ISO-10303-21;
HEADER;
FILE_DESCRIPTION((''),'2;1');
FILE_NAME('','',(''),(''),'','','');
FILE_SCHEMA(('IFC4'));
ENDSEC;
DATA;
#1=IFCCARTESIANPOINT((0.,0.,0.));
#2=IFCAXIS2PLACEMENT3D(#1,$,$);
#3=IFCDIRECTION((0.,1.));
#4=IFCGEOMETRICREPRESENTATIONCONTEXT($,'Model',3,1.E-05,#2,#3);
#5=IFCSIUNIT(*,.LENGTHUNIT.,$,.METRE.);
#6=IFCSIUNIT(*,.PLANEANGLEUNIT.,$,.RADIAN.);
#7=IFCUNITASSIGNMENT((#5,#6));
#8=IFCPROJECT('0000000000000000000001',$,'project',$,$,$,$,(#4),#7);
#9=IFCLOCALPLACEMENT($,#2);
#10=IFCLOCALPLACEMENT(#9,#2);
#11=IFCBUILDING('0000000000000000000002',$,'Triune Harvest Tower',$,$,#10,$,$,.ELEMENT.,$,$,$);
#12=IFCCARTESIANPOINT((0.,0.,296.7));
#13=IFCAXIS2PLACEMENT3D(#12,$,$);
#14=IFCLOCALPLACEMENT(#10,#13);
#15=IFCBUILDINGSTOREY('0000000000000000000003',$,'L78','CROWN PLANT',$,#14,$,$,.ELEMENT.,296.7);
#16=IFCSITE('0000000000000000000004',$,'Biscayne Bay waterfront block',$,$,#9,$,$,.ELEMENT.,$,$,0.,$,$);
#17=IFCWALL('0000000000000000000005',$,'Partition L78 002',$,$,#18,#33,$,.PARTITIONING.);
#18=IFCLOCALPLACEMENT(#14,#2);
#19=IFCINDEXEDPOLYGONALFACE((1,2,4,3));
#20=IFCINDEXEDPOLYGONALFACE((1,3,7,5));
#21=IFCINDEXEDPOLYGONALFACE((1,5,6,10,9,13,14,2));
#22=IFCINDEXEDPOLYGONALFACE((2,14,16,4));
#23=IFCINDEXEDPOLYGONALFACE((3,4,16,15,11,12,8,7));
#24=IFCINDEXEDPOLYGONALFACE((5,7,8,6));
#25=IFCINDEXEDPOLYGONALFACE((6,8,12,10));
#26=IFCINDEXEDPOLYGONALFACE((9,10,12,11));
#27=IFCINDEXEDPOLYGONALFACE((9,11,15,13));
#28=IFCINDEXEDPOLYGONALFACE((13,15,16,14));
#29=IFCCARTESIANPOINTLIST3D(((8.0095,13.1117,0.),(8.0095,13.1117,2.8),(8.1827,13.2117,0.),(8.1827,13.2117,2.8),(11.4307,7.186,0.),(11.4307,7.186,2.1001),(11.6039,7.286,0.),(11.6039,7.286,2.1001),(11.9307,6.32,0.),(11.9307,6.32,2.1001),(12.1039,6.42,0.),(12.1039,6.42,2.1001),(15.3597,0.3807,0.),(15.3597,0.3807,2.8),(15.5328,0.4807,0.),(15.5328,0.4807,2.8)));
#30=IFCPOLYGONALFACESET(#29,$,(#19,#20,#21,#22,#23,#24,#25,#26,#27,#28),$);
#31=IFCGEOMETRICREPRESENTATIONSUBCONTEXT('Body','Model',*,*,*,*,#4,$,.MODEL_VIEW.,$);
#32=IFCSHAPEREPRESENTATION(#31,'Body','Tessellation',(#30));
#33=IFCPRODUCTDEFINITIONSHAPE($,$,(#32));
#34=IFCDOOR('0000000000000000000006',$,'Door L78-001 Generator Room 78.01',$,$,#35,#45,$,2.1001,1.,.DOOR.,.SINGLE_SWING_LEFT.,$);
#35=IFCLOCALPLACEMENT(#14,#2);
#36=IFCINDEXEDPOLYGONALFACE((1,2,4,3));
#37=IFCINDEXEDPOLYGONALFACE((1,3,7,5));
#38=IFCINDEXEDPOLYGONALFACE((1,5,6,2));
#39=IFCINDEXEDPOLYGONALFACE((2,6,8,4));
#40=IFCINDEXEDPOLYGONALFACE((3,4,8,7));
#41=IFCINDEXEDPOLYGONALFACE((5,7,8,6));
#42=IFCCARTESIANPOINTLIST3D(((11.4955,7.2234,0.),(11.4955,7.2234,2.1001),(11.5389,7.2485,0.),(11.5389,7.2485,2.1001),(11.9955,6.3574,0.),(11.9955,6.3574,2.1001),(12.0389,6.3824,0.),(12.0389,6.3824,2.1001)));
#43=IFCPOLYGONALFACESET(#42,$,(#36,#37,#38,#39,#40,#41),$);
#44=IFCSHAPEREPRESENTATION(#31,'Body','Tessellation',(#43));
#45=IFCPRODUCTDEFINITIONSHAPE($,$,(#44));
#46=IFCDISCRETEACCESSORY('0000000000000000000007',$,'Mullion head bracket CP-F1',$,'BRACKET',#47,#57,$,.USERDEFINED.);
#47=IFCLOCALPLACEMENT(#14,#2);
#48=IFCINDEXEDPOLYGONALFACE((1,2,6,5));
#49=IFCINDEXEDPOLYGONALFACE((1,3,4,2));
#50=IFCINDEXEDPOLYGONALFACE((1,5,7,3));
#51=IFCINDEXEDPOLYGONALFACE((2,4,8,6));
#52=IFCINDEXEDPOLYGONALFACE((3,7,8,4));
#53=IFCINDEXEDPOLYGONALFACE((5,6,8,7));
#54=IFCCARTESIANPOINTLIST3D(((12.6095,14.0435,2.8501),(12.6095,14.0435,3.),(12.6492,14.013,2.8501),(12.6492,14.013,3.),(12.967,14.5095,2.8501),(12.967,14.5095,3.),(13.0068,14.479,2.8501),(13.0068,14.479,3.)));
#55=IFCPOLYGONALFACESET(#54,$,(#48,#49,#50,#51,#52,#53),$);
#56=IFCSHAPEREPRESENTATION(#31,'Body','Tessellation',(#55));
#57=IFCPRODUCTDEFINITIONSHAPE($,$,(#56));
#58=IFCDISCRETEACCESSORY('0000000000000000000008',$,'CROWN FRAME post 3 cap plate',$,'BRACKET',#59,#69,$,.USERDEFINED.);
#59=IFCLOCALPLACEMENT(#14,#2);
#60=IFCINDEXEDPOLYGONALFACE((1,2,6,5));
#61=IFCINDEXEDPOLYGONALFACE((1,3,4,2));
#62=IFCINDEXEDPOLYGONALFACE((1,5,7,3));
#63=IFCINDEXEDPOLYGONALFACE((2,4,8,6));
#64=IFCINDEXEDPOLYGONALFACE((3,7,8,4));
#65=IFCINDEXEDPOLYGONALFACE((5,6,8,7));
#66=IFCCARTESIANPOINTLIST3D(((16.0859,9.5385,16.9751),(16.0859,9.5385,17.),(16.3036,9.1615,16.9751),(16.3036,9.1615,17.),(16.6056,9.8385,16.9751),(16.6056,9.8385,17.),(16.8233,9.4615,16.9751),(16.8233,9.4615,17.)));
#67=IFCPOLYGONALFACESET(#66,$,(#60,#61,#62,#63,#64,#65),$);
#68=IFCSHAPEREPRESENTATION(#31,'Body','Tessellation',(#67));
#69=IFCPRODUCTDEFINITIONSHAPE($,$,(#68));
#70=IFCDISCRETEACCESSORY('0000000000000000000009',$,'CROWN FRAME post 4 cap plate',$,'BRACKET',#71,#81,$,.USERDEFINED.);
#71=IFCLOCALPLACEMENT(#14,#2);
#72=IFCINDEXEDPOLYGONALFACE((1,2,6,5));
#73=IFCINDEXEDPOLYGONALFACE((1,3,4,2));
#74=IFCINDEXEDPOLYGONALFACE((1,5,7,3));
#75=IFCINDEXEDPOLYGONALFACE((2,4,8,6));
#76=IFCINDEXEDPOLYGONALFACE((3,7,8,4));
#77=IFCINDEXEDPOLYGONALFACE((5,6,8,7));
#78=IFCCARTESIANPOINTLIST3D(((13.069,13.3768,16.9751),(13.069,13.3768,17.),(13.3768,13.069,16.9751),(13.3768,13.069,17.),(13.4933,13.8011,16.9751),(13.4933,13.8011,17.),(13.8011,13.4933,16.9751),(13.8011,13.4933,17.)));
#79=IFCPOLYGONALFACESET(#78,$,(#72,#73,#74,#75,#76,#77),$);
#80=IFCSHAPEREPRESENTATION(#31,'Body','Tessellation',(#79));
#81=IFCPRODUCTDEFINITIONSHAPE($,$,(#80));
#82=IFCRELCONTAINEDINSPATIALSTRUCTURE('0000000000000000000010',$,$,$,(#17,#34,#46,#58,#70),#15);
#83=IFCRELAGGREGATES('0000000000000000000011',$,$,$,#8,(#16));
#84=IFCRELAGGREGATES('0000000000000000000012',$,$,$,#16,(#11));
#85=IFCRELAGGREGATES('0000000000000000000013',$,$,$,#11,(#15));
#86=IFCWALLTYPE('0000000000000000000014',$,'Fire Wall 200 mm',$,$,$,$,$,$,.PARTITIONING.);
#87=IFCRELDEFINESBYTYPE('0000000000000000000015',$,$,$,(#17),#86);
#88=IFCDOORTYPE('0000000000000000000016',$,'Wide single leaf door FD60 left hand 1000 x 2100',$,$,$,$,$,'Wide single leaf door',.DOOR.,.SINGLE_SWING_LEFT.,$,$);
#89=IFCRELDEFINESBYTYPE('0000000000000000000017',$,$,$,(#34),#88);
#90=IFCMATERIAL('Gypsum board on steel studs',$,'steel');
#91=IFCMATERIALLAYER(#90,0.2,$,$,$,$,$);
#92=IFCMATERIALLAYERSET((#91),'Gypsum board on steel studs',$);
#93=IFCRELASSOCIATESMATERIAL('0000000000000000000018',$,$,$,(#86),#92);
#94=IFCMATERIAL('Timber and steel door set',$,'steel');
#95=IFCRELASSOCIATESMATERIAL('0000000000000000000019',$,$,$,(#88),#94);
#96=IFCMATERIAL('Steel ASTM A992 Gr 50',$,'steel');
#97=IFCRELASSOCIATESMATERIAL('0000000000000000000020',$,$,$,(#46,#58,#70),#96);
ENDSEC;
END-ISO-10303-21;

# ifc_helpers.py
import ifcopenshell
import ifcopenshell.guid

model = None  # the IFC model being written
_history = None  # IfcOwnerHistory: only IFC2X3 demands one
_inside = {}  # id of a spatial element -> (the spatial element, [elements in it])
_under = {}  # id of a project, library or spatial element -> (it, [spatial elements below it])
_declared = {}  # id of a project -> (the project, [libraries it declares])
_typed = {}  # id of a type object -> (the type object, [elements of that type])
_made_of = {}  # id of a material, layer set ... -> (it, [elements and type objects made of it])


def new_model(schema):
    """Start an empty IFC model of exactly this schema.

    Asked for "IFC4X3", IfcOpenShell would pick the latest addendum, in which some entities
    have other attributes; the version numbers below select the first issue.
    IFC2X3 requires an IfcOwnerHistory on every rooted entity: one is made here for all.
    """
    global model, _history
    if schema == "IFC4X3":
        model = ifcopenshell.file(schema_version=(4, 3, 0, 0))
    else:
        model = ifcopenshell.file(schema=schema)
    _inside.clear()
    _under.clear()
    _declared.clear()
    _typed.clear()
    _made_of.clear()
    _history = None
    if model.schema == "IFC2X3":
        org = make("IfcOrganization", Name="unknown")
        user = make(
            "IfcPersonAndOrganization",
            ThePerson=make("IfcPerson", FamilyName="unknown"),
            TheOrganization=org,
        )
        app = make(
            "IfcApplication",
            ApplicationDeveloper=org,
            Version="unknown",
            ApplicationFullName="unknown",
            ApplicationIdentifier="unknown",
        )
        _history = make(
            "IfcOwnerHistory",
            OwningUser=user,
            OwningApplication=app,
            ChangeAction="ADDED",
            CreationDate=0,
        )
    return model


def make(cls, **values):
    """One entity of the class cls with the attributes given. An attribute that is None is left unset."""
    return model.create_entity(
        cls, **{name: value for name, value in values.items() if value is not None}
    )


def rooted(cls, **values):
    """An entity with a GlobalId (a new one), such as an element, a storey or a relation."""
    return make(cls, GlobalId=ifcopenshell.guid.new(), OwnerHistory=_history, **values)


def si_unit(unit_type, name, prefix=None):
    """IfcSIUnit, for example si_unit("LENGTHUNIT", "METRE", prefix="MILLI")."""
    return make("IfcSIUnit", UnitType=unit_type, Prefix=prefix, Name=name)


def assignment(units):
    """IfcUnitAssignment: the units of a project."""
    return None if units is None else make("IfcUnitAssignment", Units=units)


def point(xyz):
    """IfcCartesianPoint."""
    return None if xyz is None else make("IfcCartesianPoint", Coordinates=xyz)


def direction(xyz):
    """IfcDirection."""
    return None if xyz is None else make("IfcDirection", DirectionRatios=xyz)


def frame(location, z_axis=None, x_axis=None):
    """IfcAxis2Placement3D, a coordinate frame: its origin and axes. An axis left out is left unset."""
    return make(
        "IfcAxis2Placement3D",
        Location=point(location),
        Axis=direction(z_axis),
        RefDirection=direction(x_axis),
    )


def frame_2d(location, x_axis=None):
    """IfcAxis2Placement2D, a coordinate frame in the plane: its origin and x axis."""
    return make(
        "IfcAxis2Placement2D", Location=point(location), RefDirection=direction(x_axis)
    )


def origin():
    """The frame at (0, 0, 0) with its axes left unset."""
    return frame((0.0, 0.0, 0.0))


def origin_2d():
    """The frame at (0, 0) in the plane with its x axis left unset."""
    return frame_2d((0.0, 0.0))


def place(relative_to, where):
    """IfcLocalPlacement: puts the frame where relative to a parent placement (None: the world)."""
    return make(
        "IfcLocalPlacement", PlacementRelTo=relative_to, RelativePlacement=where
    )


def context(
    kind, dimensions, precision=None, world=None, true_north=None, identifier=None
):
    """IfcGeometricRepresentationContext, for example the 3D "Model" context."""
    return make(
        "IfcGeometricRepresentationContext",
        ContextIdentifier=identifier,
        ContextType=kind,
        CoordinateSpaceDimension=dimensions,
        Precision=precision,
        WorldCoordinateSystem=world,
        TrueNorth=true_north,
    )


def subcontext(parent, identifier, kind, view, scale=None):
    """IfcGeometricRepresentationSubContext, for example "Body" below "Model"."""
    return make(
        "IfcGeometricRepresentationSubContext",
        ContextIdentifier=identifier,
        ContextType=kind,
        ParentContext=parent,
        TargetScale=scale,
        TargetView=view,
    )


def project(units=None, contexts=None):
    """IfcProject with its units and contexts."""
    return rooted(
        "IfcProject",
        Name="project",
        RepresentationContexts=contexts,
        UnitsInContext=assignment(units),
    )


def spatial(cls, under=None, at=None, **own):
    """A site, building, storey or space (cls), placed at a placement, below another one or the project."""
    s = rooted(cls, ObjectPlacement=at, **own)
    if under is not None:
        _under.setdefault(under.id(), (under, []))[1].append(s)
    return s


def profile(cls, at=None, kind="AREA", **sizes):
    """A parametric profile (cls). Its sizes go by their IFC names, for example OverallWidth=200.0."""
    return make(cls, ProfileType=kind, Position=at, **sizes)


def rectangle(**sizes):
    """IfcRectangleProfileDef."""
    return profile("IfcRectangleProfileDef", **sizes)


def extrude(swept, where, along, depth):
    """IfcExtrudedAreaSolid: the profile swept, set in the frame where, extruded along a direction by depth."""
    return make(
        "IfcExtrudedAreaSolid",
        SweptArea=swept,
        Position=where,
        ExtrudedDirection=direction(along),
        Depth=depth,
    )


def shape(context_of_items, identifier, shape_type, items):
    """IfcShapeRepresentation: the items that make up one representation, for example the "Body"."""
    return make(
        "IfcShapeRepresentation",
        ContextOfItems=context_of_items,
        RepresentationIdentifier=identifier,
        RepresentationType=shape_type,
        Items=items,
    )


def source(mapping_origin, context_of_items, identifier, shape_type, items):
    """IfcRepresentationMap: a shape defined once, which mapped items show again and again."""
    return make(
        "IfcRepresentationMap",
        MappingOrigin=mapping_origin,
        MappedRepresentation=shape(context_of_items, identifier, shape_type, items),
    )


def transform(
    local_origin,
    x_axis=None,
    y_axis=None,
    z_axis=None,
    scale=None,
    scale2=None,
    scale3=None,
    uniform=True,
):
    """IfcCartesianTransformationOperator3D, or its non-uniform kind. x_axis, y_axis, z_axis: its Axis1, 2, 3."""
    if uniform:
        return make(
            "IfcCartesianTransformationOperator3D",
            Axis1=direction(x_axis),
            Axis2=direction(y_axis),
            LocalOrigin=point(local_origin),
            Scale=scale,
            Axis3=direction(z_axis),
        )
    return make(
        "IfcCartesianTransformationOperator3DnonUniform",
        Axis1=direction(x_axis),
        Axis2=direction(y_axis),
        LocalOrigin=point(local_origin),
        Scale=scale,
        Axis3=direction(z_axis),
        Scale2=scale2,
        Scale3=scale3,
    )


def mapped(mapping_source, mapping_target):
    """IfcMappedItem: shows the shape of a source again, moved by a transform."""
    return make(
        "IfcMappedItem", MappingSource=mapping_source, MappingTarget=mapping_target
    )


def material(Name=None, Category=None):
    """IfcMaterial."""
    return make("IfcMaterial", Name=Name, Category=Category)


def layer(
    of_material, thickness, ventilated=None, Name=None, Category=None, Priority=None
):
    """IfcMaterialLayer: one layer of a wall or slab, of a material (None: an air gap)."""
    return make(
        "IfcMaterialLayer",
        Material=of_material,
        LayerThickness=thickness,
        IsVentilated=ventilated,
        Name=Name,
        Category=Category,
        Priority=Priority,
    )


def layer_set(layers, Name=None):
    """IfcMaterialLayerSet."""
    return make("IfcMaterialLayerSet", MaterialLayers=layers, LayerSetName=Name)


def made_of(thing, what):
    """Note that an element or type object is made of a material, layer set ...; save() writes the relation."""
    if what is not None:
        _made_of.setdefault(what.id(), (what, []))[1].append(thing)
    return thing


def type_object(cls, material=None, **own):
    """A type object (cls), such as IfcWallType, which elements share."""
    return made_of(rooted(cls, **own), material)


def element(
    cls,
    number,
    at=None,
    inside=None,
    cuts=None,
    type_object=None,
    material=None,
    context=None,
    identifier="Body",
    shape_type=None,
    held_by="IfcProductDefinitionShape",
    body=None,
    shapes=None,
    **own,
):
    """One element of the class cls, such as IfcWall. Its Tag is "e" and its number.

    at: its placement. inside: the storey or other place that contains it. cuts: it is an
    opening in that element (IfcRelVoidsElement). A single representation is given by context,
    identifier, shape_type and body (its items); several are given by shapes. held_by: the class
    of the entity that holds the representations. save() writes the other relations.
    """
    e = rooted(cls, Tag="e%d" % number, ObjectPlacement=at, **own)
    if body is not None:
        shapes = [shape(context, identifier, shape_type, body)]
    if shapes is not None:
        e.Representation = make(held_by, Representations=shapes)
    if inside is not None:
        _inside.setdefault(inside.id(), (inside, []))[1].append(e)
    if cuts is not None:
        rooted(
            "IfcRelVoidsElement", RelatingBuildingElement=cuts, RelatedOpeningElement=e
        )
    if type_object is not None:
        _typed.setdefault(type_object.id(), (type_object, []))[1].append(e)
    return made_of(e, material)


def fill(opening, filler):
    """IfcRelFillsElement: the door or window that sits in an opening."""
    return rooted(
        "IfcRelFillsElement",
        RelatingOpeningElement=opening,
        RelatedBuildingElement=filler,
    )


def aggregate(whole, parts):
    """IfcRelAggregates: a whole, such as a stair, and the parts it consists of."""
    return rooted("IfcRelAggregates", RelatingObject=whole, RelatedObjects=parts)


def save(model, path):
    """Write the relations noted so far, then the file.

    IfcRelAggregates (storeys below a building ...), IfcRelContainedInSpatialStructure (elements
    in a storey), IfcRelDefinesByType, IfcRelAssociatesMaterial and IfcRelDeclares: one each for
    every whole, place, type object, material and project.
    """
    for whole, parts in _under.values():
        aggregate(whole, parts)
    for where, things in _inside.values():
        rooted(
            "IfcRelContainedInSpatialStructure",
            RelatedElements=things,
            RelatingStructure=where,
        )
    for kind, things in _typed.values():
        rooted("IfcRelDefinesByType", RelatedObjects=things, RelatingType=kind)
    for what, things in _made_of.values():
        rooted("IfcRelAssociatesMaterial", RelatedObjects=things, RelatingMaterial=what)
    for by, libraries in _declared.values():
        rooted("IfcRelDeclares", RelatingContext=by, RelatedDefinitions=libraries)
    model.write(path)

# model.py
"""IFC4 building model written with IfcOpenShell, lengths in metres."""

from ifc_helpers import new_model, si_unit, direction, frame, frame_2d, origin, origin_2d, place, context, subcontext, project, spatial, rectangle, extrude, source, transform, mapped, material, layer, layer_set, type_object, element, fill, save


model = new_model("IFC4")

# Units and contexts
model_context = context("Model", 3, precision=1e-05, world=origin(), true_north=direction((0.0, 1.0)))
body_context = subcontext(model_context, "Body", "Model", "MODEL_VIEW")
ifc_project = project(units=[si_unit("LENGTHUNIT", "METRE"), si_unit("PLANEANGLEUNIT", "RADIAN")], contexts=[model_context])

# Site, building, storey
site_placement = place(None, origin())
site = spatial("IfcSite", under=ifc_project, at=site_placement, Name="Biscayne Bay waterfront block", CompositionType="ELEMENT", RefElevation=0.0)
building_placement = place(site_placement, origin())
building = spatial("IfcBuilding", under=site, at=building_placement, Name="Triune Harvest Tower", CompositionType="ELEMENT")
storey_placement = place(building_placement, frame((0.0, 0.0, 296.7)))
storey = spatial("IfcBuildingStorey", under=building, at=storey_placement, Name="L78", Description="CROWN PLANT", CompositionType="ELEMENT", Elevation=296.7)

# Wall, opening, door
ifc_material_1 = material(Name="Gypsum board on steel studs", Category="steel")
ifc_layer_1 = layer(ifc_material_1, 0.2)
ifc_layer_set_1 = layer_set([ifc_layer_1], Name="Gypsum board on steel studs")
wall_type_1 = type_object("IfcWallType", Name="Fire Wall 200 mm", PredefinedType="PARTITIONING", material=ifc_layer_set_1)
shared_shape_1 = source(origin(), body_context, "Body", "SweptSolid", [
    extrude(rectangle(XDim=14.7004, YDim=0.2, at=frame_2d((7.3501, 0.0))), origin(), (0.0, 0.0, 1.0), 2.8),
])
wall_1_placement = place(storey_placement, frame((8.0962, 13.1616, 0.0), z_axis=(0.0, 0.0, 1.0), x_axis=(0.499994, -0.866029, 0.0)))
wall_1 = element("IfcWall", 1, at=wall_1_placement, inside=storey, type_object=wall_type_1, Name="Partition L78 002", PredefinedType="PARTITIONING", context=body_context, shape_type="MappedRepresentation", body=[
    mapped(shared_shape_1, transform((0.0, 0.0, 0.0), scale=1.0)),
])
opening_1_placement = place(wall_1_placement, frame((6.8423, 0.0, 0.0)))
opening_1 = element("IfcOpeningElement", 2, at=opening_1_placement, cuts=wall_1, PredefinedType="OPENING", context=body_context, shape_type="SweptSolid", body=[
    extrude(rectangle(XDim=1.0, YDim=2.1001, at=frame_2d((0.5, 1.05))), frame((0.0, 0.1099, 0.0), z_axis=(0.0, -1.0, 0.0), x_axis=(1.0, 0.0, 0.0)), (0.0, 0.0, 1.0), 0.22),
])
ifc_material_2 = material(Name="Timber and steel door set", Category="steel")
door_type_1 = type_object("IfcDoorType", Name="Wide single leaf door FD60 left hand 1000 x 2100", ElementType="Wide single leaf door", OperationType="SINGLE_SWING_LEFT", PredefinedType="DOOR", material=ifc_material_2)
door_1_placement = place(opening_1_placement, origin())
door_1 = element("IfcDoor", 3, at=door_1_placement, inside=storey, type_object=door_type_1, Name="Door L78-001 Generator Room 78.01", OperationType="SINGLE_SWING_LEFT", OverallHeight=2.1001, OverallWidth=1.0, PredefinedType="DOOR", context=body_context, shape_type="SweptSolid", body=[
    extrude(rectangle(XDim=1.0, YDim=2.1001, at=frame_2d((0.5, 1.05))), frame((0.0, 0.0249, 0.0), z_axis=(0.0, -1.0, 0.0), x_axis=(1.0, 0.0, 0.0)), (0.0, 0.0, 1.0), 0.05),
])
fill(opening_1, door_1)

# Discrete accessories
ifc_material_3 = material(Name="Steel ASTM A992 Gr 50", Category="steel")
shared_shape_2 = source(origin(), body_context, "Body", "SweptSolid", [
    extrude(rectangle(XDim=0.5874, YDim=0.05, at=origin_2d()), origin(), (0.0, 0.0, 1.0), 0.1499),
])
discrete_accessory_placement = place(storey_placement, frame((12.8081, 14.2612, 2.8501), z_axis=(0.0, 0.0, 1.0), x_axis=(-0.60877, -0.793347, 0.0)))
element("IfcDiscreteAccessory", 4, at=discrete_accessory_placement, inside=storey, material=ifc_material_3, Name="Mullion head bracket CP-F1", ObjectType="BRACKET", PredefinedType="USERDEFINED", context=body_context, shape_type="MappedRepresentation", body=[
    mapped(shared_shape_2, transform((0.0, 0.0, 0.0), scale=1.0)),
])
shared_shape_3 = source(origin(), body_context, "Body", "SweptSolid", [
    extrude(rectangle(XDim=0.6001, YDim=0.4353, at=origin_2d()), origin(), (0.0, 0.0, 1.0), 0.0249),
])
for number, where, z_axis, x_axis, name in (
    (5, (16.4546, 9.5, 16.9751), (0.0, 0.0, 1.0), (0.866025, 0.5, 0.0), "CROWN FRAME post 3 cap plate"),
    (6, (13.4351, 13.4351, 16.9751), (0.0, 0.0, 1.0), (0.707107, 0.707107, 0.0), "CROWN FRAME post 4 cap plate"),
):
    element("IfcDiscreteAccessory", number, at=place(storey_placement, frame(where, z_axis=z_axis, x_axis=x_axis)), inside=storey, material=ifc_material_3, Name=name, ObjectType="BRACKET", PredefinedType="USERDEFINED", context=body_context, shape_type="MappedRepresentation", body=[
        mapped(shared_shape_3, transform((0.0, 0.0, 0.0), scale=1.0)),
    ])

save(model, "model.ifc")
